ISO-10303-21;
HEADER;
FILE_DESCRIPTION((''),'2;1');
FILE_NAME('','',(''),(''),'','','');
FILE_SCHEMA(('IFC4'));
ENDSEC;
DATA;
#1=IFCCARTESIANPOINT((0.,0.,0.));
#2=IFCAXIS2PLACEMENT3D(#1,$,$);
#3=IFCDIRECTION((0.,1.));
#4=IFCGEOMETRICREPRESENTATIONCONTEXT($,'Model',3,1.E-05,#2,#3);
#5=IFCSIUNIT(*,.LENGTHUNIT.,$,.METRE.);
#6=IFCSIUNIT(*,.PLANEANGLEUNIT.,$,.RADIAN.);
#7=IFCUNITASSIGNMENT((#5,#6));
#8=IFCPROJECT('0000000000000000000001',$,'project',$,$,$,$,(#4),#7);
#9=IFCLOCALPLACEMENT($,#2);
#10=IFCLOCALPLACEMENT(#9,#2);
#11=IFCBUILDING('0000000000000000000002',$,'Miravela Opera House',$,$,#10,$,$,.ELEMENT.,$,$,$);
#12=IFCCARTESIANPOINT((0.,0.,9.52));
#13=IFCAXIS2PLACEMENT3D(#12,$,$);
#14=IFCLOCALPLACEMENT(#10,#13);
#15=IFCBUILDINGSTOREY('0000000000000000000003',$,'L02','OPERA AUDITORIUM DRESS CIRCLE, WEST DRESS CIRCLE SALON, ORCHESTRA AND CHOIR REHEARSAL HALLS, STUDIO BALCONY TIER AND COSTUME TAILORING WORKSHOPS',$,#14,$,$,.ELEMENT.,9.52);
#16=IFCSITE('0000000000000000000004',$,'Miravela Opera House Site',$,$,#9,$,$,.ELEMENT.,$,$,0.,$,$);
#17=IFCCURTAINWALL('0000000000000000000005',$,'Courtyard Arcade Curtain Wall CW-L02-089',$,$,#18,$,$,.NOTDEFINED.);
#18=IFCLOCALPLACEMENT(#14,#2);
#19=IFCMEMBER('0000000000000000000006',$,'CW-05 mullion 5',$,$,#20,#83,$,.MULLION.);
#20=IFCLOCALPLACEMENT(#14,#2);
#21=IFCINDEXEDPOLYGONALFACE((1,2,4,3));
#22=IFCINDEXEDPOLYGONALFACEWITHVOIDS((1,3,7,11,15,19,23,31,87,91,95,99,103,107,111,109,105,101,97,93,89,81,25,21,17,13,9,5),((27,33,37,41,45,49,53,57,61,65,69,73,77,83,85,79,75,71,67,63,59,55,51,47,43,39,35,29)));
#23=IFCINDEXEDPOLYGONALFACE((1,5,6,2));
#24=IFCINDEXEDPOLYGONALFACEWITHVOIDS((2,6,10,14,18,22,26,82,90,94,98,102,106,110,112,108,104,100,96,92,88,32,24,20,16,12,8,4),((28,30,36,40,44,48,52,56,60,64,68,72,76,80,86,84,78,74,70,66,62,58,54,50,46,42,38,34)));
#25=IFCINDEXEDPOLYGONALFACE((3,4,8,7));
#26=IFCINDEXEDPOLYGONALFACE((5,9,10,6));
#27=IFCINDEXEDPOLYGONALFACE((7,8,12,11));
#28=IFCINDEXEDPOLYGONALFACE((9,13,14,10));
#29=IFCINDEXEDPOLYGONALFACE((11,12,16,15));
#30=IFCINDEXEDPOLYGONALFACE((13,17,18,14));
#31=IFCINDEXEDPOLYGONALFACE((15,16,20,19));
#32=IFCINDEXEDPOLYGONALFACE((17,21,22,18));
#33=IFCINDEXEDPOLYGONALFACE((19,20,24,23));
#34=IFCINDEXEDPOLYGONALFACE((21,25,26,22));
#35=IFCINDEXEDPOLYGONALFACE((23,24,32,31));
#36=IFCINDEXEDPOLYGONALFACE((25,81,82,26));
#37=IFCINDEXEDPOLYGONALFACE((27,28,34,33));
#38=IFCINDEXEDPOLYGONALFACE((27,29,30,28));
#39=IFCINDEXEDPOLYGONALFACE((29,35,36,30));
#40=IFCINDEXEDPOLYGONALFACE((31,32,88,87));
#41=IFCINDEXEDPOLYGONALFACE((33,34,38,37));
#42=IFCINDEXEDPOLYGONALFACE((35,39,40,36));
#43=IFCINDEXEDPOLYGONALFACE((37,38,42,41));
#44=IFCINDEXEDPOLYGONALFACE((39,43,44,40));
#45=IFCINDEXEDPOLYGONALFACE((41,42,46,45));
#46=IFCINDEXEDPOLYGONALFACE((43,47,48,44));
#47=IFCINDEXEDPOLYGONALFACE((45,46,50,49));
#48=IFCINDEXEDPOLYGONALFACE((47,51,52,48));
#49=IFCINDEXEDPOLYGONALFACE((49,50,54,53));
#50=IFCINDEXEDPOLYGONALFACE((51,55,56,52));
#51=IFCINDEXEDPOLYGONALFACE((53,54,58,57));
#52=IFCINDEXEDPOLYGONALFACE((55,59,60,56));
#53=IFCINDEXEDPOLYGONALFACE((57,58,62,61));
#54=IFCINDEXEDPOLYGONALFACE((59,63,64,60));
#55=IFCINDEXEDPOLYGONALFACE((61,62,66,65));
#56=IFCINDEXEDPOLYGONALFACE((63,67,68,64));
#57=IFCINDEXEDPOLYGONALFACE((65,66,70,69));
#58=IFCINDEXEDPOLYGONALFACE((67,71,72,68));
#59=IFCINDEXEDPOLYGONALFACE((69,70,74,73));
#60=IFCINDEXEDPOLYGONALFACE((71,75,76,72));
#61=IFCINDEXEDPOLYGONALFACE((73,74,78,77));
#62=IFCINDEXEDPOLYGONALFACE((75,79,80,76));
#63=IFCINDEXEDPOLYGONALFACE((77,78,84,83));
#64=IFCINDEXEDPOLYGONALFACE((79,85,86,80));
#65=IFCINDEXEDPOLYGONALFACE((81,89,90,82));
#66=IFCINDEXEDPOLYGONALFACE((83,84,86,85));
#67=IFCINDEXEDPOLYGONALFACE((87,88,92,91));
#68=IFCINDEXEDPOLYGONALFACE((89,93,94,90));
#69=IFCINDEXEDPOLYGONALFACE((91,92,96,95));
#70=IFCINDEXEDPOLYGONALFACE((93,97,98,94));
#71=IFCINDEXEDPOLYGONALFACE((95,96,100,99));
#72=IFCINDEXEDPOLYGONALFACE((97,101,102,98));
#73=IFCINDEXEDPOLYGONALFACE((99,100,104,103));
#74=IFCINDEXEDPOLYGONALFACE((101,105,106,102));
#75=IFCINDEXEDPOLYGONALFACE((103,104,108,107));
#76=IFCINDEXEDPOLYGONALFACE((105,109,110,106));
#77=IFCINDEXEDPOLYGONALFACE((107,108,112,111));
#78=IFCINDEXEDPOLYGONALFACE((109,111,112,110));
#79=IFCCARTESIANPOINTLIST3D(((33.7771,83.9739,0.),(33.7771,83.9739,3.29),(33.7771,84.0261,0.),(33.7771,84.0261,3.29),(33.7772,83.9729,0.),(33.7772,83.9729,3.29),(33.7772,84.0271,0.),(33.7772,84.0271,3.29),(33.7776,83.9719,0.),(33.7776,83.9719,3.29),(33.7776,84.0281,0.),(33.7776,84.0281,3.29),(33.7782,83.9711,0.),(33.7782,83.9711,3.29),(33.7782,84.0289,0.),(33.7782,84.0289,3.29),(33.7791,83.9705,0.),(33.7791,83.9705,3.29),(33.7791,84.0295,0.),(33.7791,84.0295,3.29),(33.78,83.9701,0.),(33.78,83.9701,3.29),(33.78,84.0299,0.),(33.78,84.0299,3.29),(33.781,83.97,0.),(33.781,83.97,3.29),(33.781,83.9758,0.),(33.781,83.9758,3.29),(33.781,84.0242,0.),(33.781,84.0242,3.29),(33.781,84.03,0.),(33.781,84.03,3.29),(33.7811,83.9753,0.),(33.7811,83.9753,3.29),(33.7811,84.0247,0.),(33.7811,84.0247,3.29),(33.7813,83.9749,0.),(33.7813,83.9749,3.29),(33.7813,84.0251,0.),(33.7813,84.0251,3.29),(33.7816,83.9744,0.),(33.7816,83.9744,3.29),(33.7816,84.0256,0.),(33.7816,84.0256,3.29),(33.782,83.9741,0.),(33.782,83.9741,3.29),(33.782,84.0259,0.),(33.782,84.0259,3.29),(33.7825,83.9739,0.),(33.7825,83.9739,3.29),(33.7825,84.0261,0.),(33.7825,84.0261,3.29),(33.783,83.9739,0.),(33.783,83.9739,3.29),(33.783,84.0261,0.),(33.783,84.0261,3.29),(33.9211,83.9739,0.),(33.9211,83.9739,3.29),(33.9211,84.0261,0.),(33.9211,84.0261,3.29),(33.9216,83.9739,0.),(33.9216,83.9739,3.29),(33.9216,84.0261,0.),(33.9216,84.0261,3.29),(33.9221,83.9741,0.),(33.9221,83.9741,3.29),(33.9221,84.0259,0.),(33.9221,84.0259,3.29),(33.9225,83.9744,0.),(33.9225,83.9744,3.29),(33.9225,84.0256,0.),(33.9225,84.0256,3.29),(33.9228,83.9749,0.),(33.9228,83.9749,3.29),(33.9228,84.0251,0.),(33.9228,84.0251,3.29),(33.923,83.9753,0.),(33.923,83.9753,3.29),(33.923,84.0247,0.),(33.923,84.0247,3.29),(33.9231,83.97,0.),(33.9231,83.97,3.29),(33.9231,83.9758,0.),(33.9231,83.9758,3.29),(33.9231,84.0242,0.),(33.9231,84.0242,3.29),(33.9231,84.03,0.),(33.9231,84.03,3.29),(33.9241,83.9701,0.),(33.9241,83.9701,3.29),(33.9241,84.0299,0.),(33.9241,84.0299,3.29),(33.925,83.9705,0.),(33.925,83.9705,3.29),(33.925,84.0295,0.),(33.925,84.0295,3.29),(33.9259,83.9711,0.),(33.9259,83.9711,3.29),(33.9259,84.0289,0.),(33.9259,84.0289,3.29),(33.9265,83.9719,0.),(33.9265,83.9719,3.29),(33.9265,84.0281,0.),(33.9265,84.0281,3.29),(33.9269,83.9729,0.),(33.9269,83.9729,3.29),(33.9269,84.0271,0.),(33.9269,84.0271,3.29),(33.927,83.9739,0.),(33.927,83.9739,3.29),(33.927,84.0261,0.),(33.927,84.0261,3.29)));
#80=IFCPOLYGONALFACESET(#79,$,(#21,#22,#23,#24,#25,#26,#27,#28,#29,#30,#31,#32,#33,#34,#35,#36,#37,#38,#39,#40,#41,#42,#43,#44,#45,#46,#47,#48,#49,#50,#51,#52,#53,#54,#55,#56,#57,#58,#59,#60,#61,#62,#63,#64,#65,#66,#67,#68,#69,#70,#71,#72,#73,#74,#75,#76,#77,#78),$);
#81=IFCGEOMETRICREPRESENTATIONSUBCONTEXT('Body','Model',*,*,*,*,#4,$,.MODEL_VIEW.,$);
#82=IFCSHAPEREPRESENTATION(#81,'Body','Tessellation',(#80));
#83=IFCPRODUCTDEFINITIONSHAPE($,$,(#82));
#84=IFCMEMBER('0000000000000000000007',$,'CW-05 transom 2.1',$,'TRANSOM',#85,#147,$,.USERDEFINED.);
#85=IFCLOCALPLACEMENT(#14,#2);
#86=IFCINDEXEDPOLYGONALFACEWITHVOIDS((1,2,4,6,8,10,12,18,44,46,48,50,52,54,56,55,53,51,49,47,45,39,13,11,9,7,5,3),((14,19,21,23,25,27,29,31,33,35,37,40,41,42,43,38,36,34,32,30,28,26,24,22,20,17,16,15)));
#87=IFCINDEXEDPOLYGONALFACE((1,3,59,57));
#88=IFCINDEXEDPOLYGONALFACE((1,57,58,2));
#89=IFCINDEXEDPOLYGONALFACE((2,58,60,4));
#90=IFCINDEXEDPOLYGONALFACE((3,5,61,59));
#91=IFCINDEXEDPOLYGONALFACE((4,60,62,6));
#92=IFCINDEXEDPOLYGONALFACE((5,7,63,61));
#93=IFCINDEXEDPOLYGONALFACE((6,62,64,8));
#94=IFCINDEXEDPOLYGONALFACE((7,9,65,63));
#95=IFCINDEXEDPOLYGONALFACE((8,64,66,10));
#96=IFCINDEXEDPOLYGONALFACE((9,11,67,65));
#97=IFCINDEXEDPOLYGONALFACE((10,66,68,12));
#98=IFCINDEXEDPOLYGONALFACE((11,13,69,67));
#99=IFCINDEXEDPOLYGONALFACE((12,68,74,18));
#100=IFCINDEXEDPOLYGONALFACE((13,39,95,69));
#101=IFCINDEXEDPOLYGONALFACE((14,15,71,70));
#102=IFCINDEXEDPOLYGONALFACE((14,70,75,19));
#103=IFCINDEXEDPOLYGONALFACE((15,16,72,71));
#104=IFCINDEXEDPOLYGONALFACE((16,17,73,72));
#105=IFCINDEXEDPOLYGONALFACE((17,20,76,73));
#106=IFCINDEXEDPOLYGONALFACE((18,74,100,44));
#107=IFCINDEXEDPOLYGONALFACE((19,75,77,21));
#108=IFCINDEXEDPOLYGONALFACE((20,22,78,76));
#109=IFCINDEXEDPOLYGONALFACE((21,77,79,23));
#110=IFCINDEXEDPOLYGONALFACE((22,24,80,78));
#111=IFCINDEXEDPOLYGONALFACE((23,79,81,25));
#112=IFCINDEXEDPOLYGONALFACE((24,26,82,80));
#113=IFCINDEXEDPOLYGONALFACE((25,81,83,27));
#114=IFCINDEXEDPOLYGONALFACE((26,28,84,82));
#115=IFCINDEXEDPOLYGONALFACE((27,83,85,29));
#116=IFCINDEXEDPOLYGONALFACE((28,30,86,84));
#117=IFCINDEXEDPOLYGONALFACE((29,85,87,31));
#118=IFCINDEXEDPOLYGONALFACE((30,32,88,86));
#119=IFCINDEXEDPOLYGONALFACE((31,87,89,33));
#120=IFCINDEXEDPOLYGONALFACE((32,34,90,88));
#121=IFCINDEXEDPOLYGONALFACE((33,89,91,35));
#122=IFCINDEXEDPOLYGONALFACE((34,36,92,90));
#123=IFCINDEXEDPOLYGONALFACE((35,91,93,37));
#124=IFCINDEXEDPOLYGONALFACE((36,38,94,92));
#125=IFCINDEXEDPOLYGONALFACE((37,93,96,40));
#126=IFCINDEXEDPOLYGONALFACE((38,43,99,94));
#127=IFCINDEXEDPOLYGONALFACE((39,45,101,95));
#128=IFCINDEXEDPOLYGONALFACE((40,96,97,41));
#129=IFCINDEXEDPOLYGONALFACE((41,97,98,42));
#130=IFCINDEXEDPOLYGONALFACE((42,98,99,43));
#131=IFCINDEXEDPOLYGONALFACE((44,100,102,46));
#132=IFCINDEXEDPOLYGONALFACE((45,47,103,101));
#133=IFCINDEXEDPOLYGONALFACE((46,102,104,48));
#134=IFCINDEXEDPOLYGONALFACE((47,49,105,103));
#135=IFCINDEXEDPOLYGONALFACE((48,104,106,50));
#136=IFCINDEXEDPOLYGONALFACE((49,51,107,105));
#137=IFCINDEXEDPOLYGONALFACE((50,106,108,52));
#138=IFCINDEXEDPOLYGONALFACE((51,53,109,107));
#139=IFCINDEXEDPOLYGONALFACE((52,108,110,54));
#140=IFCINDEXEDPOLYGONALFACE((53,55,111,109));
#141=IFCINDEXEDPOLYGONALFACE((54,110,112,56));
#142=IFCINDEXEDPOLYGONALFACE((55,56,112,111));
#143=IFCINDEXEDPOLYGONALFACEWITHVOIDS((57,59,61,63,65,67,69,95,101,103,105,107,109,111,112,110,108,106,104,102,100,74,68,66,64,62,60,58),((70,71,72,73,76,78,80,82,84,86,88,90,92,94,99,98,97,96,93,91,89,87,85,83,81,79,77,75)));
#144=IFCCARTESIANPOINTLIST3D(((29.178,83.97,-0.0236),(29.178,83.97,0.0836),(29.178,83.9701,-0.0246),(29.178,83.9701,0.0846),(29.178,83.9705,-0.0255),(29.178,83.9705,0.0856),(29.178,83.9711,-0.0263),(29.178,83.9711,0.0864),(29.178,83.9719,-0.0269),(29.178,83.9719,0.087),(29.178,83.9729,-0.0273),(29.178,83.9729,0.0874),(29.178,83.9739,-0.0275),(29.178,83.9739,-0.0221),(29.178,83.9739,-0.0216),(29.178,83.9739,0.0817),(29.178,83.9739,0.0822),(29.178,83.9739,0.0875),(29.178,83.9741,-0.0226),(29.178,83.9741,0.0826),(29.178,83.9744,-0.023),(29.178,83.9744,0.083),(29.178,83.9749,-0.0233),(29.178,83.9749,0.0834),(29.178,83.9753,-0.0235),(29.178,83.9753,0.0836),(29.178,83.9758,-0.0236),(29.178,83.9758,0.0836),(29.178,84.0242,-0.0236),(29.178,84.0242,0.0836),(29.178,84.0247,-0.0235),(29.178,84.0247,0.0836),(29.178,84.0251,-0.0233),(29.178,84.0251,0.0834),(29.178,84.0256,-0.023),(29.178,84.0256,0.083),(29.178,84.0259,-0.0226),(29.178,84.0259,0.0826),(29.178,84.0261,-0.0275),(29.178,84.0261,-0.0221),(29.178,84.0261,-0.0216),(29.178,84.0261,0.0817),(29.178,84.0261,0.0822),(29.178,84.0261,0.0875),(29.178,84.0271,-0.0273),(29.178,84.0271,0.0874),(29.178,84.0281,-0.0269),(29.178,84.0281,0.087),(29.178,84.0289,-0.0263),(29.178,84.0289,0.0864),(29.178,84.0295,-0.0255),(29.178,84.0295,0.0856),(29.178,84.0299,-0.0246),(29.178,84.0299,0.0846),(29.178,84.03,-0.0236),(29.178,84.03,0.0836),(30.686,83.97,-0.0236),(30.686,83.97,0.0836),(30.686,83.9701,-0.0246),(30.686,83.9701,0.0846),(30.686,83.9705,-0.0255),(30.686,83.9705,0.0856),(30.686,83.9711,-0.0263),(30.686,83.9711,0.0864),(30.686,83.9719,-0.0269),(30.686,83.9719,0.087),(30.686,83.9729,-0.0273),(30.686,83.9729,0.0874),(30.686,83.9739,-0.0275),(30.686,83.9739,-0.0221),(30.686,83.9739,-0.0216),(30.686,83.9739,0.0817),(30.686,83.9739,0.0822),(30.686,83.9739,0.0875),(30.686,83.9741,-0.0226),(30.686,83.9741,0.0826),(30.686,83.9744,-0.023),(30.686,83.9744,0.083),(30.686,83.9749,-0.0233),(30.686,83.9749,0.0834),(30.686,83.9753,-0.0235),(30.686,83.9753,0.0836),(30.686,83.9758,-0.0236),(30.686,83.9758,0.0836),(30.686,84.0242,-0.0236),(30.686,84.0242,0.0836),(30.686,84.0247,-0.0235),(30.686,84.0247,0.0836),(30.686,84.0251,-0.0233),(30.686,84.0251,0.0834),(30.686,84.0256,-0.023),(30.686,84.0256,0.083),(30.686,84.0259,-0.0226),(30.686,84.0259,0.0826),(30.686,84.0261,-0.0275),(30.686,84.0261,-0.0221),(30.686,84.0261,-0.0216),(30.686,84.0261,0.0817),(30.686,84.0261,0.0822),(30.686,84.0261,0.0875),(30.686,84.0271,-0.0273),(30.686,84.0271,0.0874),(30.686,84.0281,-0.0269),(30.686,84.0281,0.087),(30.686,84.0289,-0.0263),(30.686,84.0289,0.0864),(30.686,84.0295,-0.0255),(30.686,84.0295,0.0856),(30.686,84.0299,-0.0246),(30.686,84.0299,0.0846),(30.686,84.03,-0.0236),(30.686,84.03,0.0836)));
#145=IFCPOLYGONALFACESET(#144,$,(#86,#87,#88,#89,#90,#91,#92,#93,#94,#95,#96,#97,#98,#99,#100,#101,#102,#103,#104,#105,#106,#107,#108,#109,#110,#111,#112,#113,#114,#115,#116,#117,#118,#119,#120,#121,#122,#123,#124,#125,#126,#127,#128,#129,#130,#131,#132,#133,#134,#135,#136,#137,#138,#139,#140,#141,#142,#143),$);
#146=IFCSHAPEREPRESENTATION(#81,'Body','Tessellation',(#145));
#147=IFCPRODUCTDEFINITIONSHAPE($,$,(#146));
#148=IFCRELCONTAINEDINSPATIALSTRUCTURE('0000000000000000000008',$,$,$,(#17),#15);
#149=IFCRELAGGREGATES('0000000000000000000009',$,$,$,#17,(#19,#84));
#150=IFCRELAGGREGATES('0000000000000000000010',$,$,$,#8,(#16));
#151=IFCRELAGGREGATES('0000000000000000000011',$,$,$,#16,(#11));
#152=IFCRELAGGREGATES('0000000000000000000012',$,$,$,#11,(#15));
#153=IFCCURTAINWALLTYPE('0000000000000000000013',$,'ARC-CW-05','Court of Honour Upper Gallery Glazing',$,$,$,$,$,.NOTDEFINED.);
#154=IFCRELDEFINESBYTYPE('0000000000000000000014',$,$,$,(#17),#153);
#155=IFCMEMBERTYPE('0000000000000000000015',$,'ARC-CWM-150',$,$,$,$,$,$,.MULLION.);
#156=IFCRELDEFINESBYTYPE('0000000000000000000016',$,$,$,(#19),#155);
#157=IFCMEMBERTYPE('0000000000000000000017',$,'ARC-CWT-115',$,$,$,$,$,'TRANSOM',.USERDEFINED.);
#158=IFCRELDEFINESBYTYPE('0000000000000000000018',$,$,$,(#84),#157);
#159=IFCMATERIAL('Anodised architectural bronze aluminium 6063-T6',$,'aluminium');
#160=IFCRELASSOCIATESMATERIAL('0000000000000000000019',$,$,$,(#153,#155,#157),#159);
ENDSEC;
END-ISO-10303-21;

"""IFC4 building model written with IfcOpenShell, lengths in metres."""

from ifc_helpers import new_model, si_unit, direction, frame, origin, origin_2d, place, context, subcontext, project, spatial, hollow_rectangle, extrude, material, material_profile, profile_set, type_object, element, aggregate, save


model = new_model("IFC4")

# Units and contexts
model_context = context("Model", 3, precision=1e-05, world=origin(), true_north=direction((0.0, 1.0)))
body_context = subcontext(model_context, "Body", "Model", "MODEL_VIEW")
ifc_project = project(units=[si_unit("LENGTHUNIT", "METRE"), si_unit("PLANEANGLEUNIT", "RADIAN")], contexts=[model_context])

# Site, building, storey
site_placement = place(None, origin())
site = spatial("IfcSite", under=ifc_project, at=site_placement, Name="Miravela Opera House Site", CompositionType="ELEMENT", RefElevation=0.0)
building_placement = place(site_placement, origin())
building = spatial("IfcBuilding", under=site, at=building_placement, Name="Miravela Opera House", CompositionType="ELEMENT")
storey_placement = place(building_placement, frame((0.0, 0.0, 9.52)))
storey = spatial("IfcBuildingStorey", under=building, at=storey_placement, Name="L02", Description="OPERA AUDITORIUM DRESS CIRCLE, WEST DRESS CIRCLE SALON, ORCHESTRA AND CHOIR REHEARSAL HALLS, STUDIO BALCONY TIER AND COSTUME TAILORING WORKSHOPS", CompositionType="ELEMENT", Elevation=9.52)

# Curtain wall, members
ifc_material_1 = material(Name="Anodised architectural bronze aluminium 6063-T6", Category="aluminium")
curtain_wall_type = type_object("IfcCurtainWallType", Name="ARC-CW-05", Description="Court of Honour Upper Gallery Glazing", PredefinedType="NOTDEFINED", material=ifc_material_1)
curtain_wall_placement = place(storey_placement, origin())
curtain_wall = element("IfcCurtainWall", 1, at=curtain_wall_placement, inside=storey, type_object=curtain_wall_type, Name="Courtyard Arcade Curtain Wall CW-L02-089", PredefinedType="NOTDEFINED")
ifc_material_profile_1 = material_profile(ifc_material_1, hollow_rectangle(XDim=0.0601, YDim=0.1499, WallThickness=0.0039, InnerFilletRadius=0.002, OuterFilletRadius=0.0039, at=origin_2d()), Name="CWM-60X150")
ifc_profile_set_1 = profile_set([ifc_material_profile_1])
member_type_1 = type_object("IfcMemberType", Name="ARC-CWM-150", PredefinedType="MULLION", material=ifc_profile_set_1)
member_1_placement = place(storey_placement, frame((33.8521, 84.0, 0.0), z_axis=(0.0, 0.0, 1.0), x_axis=(0.0, 1.0, 0.0)))
member_1 = element("IfcMember", 2, at=member_1_placement, type_object=member_type_1, Name="CW-05 mullion 5", PredefinedType="MULLION", context=body_context, shape_type="SweptSolid", body=[
    extrude(hollow_rectangle(XDim=0.0601, YDim=0.1499, WallThickness=0.0039, InnerFilletRadius=0.002, OuterFilletRadius=0.0039, at=origin_2d()), origin(), (0.0, 0.0, 1.0), 3.29),
])
ifc_material_profile_2 = material_profile(ifc_material_1, hollow_rectangle(XDim=0.0601, YDim=0.115, WallThickness=0.0039, InnerFilletRadius=0.002, OuterFilletRadius=0.0039, at=origin_2d()), Name="CWT-60X115")
ifc_profile_set_2 = profile_set([ifc_material_profile_2])
member_type_2 = type_object("IfcMemberType", Name="ARC-CWT-115", ElementType="TRANSOM", PredefinedType="USERDEFINED", material=ifc_profile_set_2)
member_2_placement = place(storey_placement, frame((29.178, 84.0, 0.03), z_axis=(1.0, 0.0, 0.0), x_axis=(0.0, 1.0, 0.0)))
member_2 = element("IfcMember", 3, at=member_2_placement, type_object=member_type_2, Name="CW-05 transom 2.1", ObjectType="TRANSOM", PredefinedType="USERDEFINED", context=body_context, shape_type="SweptSolid", body=[
    extrude(hollow_rectangle(XDim=0.0601, YDim=0.115, WallThickness=0.0039, InnerFilletRadius=0.002, OuterFilletRadius=0.0039, at=origin_2d()), origin(), (0.0, 0.0, 1.0), 1.5081),
])
aggregate(curtain_wall, [member_1, member_2])

save(model, "model.ifc")
